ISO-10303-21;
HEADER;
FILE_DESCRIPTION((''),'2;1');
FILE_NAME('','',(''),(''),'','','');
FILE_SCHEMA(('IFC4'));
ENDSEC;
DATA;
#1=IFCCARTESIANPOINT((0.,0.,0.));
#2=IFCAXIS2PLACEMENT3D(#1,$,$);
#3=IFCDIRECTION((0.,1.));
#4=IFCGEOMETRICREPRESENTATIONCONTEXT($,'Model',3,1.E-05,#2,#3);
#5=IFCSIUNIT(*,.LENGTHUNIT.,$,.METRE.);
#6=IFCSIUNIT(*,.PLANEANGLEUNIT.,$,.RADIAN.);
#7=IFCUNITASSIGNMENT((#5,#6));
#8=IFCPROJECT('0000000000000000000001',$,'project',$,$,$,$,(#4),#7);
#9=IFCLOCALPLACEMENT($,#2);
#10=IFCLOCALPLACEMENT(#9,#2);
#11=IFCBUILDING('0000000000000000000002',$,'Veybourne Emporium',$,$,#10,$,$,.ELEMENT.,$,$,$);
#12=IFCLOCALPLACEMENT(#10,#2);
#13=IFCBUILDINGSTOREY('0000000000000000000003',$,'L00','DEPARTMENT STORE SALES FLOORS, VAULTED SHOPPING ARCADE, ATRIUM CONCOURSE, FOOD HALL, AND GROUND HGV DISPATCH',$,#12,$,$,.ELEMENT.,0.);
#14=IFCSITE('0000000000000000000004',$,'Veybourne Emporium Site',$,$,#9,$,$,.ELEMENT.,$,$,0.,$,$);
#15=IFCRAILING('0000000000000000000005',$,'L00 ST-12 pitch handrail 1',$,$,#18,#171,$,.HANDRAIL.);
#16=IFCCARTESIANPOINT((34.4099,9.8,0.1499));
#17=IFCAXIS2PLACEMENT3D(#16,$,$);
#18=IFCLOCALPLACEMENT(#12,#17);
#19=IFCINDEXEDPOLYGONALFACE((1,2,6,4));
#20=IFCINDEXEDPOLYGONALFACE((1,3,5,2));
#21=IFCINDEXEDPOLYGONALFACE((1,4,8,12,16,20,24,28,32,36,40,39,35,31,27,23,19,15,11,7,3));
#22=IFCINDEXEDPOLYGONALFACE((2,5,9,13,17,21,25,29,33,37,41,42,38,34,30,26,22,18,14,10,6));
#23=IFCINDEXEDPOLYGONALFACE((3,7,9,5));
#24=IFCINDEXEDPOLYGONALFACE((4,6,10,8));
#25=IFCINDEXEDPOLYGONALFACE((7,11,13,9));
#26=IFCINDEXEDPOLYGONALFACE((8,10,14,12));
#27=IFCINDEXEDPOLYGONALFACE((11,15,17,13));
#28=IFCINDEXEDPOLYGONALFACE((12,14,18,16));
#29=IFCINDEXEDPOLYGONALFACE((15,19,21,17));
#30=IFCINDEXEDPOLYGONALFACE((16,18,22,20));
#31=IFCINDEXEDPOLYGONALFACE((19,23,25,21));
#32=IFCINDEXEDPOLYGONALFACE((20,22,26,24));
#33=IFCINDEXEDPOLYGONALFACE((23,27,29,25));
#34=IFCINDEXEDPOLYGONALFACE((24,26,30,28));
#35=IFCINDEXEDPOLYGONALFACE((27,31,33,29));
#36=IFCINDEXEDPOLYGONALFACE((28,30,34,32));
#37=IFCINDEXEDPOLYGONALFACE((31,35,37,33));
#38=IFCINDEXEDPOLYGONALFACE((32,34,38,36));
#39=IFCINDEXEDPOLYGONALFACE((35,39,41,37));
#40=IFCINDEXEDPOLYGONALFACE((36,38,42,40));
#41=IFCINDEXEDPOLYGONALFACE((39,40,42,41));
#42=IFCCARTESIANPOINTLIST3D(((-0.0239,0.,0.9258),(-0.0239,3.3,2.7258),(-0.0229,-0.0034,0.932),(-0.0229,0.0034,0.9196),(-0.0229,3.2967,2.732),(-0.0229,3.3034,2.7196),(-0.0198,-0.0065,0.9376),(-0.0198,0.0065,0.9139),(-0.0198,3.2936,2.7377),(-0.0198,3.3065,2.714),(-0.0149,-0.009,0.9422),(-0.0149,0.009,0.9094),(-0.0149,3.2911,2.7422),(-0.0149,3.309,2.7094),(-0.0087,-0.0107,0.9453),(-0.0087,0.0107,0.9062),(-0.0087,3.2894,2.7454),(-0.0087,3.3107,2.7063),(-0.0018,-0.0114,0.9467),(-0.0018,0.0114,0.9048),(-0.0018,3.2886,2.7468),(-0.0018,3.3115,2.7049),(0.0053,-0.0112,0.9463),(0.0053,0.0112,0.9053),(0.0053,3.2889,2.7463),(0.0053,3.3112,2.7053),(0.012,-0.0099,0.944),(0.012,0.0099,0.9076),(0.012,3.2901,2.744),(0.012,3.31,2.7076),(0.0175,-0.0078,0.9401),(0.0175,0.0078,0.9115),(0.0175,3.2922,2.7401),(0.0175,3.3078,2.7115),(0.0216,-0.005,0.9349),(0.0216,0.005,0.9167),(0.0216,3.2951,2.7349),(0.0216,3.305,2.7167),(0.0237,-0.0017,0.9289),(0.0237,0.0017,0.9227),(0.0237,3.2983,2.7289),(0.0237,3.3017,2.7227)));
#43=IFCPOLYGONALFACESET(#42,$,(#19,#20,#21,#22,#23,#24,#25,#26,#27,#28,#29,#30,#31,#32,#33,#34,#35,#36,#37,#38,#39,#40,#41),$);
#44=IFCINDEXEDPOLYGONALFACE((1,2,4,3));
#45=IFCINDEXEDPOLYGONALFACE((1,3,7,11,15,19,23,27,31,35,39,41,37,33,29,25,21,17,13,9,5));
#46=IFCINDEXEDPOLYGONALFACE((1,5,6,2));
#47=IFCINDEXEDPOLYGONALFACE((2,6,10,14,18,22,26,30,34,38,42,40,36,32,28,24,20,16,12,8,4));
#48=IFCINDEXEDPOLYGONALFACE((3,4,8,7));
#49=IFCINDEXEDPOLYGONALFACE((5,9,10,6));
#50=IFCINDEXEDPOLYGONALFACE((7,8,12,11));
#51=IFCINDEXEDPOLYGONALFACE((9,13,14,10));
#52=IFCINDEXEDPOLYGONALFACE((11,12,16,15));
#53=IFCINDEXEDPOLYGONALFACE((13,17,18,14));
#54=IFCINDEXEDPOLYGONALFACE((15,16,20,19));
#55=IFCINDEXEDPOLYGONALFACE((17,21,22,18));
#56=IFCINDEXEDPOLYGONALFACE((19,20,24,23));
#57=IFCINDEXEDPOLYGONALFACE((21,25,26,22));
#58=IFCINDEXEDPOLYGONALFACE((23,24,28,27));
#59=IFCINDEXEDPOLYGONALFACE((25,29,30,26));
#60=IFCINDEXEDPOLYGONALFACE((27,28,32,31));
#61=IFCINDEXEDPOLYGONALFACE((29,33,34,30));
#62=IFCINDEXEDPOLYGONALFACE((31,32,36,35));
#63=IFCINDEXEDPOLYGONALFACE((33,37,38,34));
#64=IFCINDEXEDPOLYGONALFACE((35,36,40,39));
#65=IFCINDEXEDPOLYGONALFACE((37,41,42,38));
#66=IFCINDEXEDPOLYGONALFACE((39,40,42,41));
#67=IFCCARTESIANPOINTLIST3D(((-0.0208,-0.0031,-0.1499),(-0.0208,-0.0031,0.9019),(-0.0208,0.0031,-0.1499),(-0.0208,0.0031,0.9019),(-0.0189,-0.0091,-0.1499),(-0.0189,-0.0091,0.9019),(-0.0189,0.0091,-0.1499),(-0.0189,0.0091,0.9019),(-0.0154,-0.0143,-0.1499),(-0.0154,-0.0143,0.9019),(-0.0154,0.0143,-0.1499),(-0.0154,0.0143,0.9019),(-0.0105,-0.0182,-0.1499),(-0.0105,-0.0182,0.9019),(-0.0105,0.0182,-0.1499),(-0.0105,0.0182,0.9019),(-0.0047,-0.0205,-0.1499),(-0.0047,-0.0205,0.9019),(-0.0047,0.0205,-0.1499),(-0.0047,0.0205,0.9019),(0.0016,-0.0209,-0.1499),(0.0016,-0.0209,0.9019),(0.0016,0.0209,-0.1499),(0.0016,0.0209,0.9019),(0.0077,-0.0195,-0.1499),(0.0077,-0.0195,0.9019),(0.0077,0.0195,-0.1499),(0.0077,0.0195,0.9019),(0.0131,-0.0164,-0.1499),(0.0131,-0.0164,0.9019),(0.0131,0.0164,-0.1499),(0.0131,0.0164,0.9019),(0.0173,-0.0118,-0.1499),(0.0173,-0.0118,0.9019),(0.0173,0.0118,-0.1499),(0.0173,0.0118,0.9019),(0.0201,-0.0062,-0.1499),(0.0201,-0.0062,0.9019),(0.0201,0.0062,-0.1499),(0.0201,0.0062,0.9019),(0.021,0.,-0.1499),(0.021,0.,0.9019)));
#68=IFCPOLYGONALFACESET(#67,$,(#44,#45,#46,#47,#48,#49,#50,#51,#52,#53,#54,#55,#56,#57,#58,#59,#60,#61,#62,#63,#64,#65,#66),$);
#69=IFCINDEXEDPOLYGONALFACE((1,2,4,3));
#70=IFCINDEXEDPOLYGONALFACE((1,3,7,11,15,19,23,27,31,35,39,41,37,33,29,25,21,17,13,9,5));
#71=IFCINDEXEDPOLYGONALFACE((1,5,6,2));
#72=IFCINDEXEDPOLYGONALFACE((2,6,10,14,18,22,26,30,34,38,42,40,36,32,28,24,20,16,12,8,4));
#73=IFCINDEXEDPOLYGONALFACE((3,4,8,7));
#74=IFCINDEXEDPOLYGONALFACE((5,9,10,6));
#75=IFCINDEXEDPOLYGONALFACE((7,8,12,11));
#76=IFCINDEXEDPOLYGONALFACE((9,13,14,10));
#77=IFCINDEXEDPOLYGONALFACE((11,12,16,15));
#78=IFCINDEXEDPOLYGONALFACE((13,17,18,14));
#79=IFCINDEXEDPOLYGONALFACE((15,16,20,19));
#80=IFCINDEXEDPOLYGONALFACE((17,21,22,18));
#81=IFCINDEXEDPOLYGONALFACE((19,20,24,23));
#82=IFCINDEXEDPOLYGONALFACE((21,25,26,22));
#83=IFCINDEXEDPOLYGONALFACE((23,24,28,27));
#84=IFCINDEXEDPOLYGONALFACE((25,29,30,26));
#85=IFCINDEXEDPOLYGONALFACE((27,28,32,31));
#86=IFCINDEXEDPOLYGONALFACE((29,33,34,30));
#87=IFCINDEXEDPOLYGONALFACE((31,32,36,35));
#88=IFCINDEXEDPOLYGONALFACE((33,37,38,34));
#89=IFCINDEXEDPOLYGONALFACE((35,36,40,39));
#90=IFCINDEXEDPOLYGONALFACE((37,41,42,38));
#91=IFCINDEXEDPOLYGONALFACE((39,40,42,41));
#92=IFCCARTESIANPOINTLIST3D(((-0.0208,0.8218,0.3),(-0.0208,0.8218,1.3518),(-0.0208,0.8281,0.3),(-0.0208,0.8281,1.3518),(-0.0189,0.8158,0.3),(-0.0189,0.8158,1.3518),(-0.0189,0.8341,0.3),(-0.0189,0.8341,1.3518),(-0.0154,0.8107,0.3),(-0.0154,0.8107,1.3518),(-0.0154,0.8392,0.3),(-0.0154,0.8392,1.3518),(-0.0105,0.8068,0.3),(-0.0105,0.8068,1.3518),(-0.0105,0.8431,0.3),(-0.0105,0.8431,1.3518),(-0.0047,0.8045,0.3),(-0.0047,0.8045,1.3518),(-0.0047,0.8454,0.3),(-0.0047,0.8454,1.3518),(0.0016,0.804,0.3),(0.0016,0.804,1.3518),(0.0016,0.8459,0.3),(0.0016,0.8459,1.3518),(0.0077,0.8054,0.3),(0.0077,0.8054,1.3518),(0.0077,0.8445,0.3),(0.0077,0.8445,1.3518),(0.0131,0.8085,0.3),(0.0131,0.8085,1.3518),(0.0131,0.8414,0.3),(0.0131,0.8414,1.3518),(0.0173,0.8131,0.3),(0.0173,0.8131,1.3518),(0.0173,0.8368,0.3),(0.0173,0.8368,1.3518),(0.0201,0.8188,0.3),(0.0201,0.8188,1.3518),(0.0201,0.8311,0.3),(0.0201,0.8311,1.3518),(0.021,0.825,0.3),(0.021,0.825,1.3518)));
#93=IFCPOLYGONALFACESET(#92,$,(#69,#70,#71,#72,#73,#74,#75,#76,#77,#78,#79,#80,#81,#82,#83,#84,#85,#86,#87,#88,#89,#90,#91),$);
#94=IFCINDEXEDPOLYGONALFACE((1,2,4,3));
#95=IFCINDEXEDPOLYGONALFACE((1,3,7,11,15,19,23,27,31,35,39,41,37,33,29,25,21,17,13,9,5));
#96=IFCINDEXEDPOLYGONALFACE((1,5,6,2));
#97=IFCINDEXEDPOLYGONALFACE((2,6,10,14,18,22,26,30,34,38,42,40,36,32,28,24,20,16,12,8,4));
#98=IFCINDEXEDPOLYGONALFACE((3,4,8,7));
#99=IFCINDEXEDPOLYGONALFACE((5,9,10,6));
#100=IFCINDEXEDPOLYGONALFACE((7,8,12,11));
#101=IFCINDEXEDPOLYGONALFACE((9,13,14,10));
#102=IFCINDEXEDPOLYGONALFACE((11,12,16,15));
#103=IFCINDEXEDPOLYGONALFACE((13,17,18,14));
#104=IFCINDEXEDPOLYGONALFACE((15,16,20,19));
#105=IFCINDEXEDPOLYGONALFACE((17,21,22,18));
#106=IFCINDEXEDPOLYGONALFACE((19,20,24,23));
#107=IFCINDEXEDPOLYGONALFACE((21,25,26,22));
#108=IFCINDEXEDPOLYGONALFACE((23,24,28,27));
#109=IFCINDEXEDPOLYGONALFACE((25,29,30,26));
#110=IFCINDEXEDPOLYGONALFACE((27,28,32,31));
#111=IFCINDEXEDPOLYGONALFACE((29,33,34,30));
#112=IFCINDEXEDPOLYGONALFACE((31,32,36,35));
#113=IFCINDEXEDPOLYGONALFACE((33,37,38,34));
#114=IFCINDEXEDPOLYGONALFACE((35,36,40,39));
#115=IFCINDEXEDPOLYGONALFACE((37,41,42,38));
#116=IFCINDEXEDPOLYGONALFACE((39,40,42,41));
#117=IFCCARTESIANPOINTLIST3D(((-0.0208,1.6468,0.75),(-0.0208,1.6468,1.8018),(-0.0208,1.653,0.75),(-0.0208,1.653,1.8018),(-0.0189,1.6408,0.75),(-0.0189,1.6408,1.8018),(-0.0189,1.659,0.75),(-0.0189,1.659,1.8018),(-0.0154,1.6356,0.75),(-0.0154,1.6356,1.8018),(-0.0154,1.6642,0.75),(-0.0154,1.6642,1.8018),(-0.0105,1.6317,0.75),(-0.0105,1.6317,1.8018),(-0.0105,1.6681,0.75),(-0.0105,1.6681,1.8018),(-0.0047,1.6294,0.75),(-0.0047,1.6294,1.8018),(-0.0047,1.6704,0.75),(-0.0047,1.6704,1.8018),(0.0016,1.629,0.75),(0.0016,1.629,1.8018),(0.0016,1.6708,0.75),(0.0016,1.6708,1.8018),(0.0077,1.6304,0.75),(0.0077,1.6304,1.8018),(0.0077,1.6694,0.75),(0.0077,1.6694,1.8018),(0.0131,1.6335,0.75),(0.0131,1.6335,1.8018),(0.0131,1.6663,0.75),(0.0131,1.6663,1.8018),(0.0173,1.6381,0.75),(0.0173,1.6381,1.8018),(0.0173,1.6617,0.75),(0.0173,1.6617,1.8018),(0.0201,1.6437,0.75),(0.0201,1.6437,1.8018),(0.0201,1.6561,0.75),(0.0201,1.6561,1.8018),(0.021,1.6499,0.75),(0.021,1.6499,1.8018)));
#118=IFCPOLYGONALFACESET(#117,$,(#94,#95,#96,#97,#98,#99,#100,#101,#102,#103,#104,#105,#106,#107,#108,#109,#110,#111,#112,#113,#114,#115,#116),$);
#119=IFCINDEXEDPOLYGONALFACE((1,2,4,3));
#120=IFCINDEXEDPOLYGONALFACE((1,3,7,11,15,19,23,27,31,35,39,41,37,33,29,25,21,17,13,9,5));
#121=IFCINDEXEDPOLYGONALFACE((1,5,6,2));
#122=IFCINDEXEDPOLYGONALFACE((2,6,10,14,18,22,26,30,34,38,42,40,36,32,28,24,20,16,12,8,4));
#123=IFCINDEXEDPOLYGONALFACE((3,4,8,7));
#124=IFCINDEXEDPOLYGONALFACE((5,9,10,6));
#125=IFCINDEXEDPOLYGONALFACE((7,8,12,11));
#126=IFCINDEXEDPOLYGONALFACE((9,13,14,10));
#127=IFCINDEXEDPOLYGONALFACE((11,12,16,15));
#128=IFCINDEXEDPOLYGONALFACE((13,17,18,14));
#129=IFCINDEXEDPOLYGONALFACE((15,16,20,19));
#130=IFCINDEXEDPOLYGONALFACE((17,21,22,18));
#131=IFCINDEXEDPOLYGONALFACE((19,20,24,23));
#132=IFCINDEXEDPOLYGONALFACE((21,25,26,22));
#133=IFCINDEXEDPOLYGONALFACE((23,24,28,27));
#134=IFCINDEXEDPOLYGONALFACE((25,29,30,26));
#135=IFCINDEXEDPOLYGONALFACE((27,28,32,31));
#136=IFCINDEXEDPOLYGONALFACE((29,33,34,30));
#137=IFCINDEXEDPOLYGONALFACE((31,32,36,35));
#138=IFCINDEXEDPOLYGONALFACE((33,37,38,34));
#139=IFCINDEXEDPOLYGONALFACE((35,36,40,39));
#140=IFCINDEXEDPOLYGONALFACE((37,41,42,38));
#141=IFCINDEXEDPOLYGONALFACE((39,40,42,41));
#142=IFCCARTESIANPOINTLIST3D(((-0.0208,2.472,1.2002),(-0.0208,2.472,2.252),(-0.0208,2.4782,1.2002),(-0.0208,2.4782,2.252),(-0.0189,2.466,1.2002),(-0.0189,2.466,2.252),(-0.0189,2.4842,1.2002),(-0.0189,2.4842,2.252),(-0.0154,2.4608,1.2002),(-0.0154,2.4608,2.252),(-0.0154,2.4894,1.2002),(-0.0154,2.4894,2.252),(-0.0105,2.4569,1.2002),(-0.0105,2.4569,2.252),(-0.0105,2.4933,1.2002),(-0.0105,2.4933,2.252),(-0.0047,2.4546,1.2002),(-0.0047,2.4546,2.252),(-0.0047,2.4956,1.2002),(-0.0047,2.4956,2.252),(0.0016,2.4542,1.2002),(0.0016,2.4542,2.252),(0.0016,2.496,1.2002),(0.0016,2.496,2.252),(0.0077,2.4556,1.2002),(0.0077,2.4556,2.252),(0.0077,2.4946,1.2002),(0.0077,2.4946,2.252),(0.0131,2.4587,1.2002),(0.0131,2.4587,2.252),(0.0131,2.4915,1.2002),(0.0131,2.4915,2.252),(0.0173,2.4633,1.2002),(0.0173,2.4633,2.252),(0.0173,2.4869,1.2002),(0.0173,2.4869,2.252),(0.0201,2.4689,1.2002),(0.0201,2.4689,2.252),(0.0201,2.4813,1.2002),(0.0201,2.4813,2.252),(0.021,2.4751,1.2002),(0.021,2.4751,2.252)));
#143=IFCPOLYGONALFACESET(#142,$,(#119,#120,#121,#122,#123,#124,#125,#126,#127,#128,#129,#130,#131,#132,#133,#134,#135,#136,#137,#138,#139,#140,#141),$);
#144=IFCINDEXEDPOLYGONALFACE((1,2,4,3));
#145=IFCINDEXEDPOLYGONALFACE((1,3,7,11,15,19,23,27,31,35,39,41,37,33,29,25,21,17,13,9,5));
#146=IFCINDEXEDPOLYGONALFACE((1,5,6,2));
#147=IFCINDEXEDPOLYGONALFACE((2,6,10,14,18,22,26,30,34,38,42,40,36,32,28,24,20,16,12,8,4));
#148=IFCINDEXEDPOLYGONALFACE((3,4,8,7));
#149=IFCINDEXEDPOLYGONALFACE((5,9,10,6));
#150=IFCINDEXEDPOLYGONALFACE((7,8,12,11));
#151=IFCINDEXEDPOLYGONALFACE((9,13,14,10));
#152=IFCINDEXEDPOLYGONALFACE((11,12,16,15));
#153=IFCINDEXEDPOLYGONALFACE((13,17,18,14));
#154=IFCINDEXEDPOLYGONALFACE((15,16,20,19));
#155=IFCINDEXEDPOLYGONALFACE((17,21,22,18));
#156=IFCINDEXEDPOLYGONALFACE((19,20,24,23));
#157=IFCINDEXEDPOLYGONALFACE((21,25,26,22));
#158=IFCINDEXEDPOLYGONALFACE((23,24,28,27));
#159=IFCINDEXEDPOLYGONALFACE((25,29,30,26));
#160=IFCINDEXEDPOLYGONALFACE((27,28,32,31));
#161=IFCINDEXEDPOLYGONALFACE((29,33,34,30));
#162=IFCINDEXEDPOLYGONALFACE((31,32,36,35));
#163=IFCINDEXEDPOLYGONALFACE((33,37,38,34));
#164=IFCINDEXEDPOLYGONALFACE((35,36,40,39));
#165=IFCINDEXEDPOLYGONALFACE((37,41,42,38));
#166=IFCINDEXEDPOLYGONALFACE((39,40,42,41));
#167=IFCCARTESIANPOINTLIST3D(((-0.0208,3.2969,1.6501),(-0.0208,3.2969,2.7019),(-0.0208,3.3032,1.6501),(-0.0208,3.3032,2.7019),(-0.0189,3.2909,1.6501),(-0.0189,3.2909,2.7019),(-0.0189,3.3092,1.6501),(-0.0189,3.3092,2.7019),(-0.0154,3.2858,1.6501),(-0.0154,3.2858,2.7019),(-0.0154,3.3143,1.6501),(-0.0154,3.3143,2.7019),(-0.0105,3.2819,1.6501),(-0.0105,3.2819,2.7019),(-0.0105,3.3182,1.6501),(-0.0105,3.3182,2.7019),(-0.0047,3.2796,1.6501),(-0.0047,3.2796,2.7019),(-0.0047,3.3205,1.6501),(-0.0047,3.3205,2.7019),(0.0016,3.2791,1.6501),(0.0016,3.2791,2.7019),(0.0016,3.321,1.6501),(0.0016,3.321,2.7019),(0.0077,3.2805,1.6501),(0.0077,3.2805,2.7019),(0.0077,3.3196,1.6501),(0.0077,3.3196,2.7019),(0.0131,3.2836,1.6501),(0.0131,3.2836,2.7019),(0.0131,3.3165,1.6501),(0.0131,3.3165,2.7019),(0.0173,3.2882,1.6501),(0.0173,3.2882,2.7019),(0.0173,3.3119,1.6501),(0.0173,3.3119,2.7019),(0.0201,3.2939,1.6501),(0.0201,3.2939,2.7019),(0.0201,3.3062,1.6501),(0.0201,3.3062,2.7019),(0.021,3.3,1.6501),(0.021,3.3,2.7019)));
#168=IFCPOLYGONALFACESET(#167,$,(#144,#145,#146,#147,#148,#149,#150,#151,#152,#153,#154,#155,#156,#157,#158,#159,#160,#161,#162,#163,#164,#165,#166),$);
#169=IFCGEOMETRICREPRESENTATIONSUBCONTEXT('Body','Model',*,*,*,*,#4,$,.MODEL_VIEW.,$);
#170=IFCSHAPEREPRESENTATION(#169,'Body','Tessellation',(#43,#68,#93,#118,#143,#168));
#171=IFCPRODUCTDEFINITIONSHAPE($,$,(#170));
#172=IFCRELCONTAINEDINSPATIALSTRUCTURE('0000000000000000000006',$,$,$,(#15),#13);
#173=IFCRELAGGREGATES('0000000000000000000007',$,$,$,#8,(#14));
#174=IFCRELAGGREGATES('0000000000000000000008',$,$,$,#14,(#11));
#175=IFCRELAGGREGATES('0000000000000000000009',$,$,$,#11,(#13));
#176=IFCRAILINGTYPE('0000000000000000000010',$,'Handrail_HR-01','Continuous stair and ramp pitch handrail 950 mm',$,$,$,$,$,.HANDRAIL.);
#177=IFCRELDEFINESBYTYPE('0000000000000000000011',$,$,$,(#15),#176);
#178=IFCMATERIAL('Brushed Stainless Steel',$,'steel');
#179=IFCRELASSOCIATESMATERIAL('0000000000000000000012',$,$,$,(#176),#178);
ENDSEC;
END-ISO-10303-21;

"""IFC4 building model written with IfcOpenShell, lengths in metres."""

from ifc_helpers import new_model, si_unit, direction, frame, origin, origin_2d, place, context, subcontext, project, spatial, circle, extrude, material, type_object, element, save


model = new_model("IFC4")

# Units and contexts
model_context = context("Model", 3, precision=1e-05, world=origin(), true_north=direction((0.0, 1.0)))
body_context = subcontext(model_context, "Body", "Model", "MODEL_VIEW")
ifc_project = project(units=[si_unit("LENGTHUNIT", "METRE"), si_unit("PLANEANGLEUNIT", "RADIAN")], contexts=[model_context])

# Site, building, storey
site_placement = place(None, origin())
site = spatial("IfcSite", under=ifc_project, at=site_placement, Name="Veybourne Emporium Site", CompositionType="ELEMENT", RefElevation=0.0)
building_placement = place(site_placement, origin())
building = spatial("IfcBuilding", under=site, at=building_placement, Name="Veybourne Emporium", CompositionType="ELEMENT")
storey_placement = place(building_placement, origin())
storey = spatial("IfcBuildingStorey", under=building, at=storey_placement, Name="L00", Description="DEPARTMENT STORE SALES FLOORS, VAULTED SHOPPING ARCADE, ATRIUM CONCOURSE, FOOD HALL, AND GROUND HGV DISPATCH", CompositionType="ELEMENT", Elevation=0.0)

# Railing
ifc_material_1 = material(Name="Brushed Stainless Steel", Category="steel")
railing_type_1 = type_object("IfcRailingType", Name="Handrail_HR-01", Description="Continuous stair and ramp pitch handrail 950 mm", PredefinedType="HANDRAIL", material=ifc_material_1)
railing_1_placement = place(storey_placement, frame((34.4099, 9.8, 0.1499)))
element("IfcRailing", 1, at=railing_1_placement, inside=storey, type_object=railing_type_1, Name="L00 ST-12 pitch handrail 1", PredefinedType="HANDRAIL", context=body_context, shape_type="SweptSolid", body=[
    extrude(circle(Radius=0.0239, at=origin_2d()), frame((0.0, 0.0, 0.9258), z_axis=(0.0, 0.877893, 0.478857), x_axis=(-1.0, 0.0, 0.0)), (0.0, 0.0, 1.0), 3.759),
    extrude(circle(Radius=0.021, at=origin_2d()), frame((0.0, 0.0, -0.1499)), (0.0, 0.0, 1.0), 1.0518),
    extrude(circle(Radius=0.021, at=origin_2d()), frame((0.0, 0.825, 0.3)), (0.0, 0.0, 1.0), 1.0518),
    extrude(circle(Radius=0.021, at=origin_2d()), frame((0.0, 1.6499, 0.75)), (0.0, 0.0, 1.0), 1.0518),
    extrude(circle(Radius=0.021, at=origin_2d()), frame((0.0, 2.4751, 1.2002)), (0.0, 0.0, 1.0), 1.0518),
    extrude(circle(Radius=0.021, at=origin_2d()), frame((0.0, 3.3, 1.6501)), (0.0, 0.0, 1.0), 1.0518),
])

save(model, "model.ifc")
